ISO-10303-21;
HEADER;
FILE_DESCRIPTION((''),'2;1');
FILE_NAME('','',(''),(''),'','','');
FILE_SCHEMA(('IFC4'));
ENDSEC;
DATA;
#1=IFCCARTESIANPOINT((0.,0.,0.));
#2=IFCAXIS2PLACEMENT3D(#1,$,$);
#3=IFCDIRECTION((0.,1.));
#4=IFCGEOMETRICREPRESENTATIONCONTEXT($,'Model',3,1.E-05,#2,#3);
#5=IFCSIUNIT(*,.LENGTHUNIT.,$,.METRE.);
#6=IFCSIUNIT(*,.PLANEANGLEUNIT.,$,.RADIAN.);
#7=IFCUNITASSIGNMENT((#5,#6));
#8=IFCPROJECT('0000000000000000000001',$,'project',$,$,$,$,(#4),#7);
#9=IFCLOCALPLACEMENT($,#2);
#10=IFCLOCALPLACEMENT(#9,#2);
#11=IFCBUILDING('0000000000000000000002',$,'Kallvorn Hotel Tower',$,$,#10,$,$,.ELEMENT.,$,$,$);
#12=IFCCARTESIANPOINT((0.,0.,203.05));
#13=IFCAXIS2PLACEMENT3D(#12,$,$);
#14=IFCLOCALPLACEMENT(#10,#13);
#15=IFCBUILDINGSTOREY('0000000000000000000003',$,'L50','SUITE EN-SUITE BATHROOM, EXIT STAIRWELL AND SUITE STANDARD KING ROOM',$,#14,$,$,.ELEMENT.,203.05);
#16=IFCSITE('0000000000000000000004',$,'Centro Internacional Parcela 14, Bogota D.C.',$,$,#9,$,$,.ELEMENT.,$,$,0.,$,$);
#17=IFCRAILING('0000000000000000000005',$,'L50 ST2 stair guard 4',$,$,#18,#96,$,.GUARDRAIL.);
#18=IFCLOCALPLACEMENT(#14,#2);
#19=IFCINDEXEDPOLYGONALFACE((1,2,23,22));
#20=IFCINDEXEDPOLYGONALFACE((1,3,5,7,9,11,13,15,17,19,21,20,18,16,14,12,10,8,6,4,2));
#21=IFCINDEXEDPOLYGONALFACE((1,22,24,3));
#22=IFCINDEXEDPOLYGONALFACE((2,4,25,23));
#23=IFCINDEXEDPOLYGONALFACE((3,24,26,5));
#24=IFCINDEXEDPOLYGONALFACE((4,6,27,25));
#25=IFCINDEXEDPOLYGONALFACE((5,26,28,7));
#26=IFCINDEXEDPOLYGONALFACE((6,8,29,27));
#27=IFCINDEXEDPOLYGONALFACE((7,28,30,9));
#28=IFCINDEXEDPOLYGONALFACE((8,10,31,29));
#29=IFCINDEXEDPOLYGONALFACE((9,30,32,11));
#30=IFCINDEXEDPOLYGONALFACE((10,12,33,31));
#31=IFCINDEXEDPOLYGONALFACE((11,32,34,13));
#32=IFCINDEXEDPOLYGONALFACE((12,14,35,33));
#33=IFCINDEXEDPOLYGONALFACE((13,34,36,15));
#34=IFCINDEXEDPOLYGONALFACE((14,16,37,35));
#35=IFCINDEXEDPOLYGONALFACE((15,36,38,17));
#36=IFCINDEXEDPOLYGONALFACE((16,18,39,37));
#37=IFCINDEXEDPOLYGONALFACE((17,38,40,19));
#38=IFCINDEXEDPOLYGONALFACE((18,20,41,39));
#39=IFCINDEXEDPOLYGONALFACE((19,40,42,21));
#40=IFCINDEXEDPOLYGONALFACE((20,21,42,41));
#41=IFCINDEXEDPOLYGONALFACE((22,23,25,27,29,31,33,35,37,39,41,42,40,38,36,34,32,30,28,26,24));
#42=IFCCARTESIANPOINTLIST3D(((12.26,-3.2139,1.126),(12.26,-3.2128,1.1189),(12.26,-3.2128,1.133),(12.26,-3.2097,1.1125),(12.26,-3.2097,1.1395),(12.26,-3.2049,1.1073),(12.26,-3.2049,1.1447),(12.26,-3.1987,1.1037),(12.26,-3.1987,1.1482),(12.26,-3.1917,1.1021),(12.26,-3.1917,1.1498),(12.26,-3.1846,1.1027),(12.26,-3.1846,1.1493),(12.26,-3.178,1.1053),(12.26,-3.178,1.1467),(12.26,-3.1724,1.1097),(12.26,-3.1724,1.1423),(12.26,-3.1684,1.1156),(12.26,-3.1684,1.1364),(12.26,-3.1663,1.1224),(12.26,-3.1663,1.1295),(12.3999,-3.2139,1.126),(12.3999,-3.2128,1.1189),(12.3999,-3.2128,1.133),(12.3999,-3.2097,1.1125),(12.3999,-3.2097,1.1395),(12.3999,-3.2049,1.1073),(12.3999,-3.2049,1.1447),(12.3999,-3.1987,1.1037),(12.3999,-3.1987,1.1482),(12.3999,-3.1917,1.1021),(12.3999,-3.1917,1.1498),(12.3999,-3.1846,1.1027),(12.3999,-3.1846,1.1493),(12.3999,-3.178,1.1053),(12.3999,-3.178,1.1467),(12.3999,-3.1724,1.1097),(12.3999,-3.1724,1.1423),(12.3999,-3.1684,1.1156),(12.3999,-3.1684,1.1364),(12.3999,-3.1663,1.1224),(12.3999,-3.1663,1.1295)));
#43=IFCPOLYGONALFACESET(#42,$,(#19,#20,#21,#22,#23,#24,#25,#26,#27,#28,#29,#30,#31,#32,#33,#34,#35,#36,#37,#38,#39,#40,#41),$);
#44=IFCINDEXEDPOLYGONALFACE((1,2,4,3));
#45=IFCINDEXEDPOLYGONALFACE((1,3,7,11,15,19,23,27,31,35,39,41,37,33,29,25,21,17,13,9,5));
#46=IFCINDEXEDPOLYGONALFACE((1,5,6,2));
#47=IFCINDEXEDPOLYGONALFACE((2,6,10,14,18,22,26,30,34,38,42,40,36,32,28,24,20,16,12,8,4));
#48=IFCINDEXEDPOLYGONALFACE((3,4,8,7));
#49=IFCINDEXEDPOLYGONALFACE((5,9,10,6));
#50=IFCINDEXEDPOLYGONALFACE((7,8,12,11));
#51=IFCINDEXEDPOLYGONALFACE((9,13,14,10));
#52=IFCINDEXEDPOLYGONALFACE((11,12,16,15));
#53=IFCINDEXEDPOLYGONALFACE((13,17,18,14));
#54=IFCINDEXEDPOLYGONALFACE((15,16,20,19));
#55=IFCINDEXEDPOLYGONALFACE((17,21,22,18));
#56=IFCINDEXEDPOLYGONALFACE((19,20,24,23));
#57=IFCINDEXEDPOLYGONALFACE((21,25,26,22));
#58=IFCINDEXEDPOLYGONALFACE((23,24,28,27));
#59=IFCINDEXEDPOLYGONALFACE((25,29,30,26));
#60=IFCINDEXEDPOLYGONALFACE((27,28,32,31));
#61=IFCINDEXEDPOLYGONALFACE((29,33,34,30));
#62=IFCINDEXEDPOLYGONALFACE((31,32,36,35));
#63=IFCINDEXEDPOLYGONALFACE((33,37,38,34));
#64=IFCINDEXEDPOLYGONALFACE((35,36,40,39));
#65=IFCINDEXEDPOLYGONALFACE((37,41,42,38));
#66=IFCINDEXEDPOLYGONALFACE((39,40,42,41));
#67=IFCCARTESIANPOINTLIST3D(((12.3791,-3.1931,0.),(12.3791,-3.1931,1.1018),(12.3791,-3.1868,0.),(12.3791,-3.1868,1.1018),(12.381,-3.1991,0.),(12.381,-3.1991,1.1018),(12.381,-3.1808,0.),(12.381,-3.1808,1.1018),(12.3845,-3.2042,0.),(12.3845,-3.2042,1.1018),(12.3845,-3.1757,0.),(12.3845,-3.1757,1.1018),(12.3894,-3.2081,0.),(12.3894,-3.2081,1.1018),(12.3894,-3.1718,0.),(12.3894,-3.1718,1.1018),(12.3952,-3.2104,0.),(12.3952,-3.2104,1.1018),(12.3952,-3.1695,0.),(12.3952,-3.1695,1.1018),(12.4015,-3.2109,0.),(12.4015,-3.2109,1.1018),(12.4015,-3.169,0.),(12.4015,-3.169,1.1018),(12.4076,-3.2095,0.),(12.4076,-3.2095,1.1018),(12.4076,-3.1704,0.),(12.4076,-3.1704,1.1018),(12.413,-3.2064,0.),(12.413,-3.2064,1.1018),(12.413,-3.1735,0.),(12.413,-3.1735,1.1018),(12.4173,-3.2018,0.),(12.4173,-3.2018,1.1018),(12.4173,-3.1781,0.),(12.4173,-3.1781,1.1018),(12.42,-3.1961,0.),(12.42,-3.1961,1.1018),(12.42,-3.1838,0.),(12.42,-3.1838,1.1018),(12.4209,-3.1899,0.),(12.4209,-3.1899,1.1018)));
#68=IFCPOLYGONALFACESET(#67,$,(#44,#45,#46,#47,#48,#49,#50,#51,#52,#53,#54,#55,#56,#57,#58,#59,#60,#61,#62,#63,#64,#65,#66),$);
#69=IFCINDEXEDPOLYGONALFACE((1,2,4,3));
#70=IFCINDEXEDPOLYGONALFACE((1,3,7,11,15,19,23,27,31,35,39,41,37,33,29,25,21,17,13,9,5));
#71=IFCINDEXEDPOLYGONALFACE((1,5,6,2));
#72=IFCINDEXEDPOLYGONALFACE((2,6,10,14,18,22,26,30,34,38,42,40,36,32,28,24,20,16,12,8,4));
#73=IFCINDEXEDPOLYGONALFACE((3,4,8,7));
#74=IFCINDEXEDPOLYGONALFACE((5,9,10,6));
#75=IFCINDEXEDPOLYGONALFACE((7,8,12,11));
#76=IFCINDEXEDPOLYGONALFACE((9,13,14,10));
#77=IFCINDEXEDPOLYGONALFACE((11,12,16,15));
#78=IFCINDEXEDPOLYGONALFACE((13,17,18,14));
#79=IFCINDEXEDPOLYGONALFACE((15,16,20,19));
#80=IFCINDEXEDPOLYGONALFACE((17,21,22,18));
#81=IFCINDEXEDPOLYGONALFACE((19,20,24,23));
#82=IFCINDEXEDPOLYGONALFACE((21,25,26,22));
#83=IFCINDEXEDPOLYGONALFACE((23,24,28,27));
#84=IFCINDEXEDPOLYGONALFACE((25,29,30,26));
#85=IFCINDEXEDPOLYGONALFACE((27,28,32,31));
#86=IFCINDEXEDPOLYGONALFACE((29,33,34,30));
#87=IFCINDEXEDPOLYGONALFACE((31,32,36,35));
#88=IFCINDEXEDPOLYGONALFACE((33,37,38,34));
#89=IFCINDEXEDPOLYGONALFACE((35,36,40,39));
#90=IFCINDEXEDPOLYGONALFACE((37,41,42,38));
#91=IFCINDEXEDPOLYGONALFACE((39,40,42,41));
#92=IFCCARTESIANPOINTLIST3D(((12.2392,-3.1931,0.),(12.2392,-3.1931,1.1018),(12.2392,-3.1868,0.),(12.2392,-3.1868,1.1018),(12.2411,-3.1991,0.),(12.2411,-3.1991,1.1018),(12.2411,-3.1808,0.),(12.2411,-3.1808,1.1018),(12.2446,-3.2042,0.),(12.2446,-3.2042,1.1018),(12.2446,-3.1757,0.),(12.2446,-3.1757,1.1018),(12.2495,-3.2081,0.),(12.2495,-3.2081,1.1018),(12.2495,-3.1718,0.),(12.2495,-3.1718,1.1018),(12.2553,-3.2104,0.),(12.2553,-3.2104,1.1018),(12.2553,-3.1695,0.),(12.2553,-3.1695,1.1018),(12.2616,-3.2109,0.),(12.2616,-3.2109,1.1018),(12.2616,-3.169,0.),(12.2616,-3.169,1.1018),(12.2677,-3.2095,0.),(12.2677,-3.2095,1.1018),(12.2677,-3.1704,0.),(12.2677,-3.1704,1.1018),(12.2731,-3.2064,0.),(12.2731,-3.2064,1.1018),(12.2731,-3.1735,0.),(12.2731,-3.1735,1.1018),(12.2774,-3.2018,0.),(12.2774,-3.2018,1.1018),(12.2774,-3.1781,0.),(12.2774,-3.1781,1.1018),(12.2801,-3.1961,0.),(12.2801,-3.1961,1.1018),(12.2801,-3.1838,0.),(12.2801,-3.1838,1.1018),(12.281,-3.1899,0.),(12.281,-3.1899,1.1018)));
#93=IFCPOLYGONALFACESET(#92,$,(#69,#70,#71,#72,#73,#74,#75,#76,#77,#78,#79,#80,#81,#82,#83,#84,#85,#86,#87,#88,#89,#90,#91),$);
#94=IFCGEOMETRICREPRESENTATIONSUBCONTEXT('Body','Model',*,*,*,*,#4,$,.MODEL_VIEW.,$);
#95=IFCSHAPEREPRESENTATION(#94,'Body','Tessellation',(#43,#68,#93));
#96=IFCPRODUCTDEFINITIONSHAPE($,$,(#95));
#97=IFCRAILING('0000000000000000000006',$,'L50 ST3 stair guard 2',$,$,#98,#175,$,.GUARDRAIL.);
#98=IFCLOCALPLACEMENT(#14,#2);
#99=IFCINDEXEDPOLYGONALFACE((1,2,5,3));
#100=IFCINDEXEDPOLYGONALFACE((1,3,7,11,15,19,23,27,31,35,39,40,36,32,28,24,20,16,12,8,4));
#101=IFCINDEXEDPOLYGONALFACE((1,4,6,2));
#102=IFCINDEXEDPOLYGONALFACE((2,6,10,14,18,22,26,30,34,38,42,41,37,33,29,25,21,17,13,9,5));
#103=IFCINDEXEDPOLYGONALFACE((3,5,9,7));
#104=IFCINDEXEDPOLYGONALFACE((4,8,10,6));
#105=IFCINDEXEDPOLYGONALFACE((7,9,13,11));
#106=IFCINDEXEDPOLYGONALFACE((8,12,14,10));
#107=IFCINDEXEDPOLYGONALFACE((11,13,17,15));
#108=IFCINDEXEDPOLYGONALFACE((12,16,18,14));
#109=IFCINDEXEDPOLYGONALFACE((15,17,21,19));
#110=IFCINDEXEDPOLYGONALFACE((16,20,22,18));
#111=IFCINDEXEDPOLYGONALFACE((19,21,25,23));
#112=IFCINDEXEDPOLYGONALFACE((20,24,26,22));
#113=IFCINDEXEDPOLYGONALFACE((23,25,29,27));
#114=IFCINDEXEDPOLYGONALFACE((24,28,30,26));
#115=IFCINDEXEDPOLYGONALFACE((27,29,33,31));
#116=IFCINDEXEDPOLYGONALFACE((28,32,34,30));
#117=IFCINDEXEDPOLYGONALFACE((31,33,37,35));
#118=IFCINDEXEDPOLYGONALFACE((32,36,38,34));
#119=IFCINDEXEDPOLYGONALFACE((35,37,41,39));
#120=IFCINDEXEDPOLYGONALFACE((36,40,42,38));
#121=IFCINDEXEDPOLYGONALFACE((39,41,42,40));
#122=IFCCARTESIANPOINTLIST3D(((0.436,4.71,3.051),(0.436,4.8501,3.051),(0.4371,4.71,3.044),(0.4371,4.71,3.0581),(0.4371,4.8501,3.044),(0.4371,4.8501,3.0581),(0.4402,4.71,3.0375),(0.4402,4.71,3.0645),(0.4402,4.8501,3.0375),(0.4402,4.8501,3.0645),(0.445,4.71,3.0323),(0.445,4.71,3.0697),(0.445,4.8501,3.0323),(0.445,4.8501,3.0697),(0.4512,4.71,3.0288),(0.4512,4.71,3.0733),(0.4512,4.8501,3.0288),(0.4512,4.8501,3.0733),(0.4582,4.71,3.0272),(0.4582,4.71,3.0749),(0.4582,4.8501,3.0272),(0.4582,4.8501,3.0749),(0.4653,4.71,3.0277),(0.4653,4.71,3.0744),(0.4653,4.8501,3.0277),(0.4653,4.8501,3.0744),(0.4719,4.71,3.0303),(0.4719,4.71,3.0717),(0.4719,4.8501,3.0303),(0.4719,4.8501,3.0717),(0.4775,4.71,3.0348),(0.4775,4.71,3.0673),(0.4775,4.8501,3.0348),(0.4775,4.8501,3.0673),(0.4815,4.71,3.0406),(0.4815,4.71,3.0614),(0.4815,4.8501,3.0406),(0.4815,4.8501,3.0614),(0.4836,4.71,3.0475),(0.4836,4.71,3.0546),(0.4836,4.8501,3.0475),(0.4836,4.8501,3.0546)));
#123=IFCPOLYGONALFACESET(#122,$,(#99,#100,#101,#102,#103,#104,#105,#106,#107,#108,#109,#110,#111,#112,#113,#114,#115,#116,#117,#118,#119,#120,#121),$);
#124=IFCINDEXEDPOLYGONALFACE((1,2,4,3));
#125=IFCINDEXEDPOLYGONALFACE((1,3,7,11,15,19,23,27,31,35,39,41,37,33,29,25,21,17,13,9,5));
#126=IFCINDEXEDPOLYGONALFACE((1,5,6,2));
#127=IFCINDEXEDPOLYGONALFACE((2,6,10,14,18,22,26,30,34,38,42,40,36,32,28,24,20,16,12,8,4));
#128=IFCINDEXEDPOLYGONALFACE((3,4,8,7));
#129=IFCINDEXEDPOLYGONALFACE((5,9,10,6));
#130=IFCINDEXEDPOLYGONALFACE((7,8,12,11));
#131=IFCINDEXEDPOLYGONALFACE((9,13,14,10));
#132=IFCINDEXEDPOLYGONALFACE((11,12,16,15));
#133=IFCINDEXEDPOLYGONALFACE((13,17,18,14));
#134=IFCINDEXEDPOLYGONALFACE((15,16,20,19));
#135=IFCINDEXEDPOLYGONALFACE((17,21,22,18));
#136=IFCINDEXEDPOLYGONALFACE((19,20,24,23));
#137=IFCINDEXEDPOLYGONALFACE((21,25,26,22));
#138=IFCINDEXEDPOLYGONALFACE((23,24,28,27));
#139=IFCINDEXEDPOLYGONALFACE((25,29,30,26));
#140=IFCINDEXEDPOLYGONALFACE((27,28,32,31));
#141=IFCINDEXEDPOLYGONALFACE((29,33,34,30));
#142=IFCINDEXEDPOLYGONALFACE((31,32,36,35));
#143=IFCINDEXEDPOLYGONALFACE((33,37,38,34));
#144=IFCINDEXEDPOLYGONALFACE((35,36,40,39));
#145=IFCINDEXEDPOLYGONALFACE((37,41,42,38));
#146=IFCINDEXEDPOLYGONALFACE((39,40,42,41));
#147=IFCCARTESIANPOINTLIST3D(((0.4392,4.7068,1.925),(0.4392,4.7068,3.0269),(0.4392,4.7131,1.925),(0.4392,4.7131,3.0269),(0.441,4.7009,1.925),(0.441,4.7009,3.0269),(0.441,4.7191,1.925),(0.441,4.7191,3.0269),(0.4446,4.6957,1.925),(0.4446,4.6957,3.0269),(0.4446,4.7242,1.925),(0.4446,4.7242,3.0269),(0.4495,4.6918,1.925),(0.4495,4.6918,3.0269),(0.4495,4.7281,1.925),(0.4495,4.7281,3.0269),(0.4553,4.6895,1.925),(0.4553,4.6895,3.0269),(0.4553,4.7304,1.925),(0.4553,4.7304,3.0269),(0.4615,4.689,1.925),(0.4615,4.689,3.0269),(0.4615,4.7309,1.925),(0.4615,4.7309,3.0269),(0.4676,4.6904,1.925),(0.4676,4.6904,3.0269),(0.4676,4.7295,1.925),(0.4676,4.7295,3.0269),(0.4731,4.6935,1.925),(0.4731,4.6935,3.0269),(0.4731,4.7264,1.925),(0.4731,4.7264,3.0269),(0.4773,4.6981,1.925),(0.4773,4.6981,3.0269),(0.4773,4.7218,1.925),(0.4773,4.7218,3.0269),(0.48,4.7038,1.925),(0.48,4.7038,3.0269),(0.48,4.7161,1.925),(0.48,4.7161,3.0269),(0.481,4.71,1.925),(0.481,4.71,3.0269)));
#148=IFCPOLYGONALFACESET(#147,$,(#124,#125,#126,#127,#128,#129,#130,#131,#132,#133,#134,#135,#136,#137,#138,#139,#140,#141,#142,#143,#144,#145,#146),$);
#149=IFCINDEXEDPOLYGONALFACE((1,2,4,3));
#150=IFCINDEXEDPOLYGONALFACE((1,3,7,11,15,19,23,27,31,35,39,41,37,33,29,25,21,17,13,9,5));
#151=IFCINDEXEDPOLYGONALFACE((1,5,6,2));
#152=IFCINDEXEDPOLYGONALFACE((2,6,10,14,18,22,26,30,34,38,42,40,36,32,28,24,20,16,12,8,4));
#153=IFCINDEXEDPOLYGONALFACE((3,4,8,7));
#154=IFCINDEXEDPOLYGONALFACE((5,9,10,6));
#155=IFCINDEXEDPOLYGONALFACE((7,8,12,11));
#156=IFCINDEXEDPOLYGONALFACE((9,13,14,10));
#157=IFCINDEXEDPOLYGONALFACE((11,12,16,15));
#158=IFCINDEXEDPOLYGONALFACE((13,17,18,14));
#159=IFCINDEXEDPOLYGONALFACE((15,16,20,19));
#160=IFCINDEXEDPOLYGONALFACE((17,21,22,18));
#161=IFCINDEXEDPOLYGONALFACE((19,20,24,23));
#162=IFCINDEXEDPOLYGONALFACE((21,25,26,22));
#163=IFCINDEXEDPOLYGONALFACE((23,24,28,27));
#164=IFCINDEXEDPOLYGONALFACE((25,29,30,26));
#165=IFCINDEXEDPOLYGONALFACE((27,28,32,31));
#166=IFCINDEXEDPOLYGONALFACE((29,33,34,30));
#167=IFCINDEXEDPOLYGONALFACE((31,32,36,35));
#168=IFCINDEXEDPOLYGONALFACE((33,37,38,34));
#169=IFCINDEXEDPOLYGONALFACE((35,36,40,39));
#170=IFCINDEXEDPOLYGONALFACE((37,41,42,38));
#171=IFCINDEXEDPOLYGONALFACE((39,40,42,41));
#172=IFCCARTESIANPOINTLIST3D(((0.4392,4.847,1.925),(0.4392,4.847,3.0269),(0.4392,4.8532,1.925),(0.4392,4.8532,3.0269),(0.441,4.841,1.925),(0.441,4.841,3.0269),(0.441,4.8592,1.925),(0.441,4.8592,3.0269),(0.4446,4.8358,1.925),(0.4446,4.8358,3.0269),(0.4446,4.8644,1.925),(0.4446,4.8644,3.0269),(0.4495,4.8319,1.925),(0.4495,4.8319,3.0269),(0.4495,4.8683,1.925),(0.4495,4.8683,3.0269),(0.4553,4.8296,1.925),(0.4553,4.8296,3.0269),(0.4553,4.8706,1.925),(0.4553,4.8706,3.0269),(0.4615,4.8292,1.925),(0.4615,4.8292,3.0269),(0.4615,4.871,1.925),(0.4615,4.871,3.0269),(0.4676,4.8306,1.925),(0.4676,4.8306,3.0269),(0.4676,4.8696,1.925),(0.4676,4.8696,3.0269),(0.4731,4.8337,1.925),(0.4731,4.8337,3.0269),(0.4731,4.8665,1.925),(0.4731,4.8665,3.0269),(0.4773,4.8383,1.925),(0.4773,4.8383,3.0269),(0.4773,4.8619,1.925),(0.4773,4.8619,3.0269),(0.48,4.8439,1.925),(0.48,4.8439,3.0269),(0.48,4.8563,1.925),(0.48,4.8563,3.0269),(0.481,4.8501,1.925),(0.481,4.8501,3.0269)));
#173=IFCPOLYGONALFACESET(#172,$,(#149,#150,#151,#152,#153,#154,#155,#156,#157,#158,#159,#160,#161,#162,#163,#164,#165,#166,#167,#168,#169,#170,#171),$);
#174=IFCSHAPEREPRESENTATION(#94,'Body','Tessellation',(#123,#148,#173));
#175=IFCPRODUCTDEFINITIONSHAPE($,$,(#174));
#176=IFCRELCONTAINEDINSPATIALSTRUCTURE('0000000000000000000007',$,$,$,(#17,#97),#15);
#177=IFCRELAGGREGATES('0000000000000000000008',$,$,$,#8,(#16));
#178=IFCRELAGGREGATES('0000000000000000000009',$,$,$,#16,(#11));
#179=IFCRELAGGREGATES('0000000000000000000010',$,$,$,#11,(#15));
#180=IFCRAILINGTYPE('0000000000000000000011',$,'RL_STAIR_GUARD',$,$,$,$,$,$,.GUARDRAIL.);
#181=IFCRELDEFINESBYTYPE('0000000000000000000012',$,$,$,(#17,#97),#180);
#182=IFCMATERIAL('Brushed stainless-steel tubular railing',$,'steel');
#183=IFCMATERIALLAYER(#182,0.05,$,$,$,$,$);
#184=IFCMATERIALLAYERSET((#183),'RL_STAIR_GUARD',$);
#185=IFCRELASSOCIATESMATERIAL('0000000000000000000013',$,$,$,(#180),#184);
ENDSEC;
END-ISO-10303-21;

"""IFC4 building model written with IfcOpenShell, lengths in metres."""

from ifc_helpers import new_model, si_unit, direction, frame, origin, origin_2d, place, context, subcontext, project, spatial, circle, extrude, material, layer, layer_set, type_object, element, save


model = new_model("IFC4")

# Units and contexts
model_context = context("Model", 3, precision=1e-05, world=origin(), true_north=direction((0.0, 1.0)))
body_context = subcontext(model_context, "Body", "Model", "MODEL_VIEW")
ifc_project = project(units=[si_unit("LENGTHUNIT", "METRE"), si_unit("PLANEANGLEUNIT", "RADIAN")], contexts=[model_context])

# Site, building, storey
site_placement = place(None, origin())
site = spatial("IfcSite", under=ifc_project, at=site_placement, Name="Centro Internacional Parcela 14, Bogota D.C.", CompositionType="ELEMENT", RefElevation=0.0)
building_placement = place(site_placement, origin())
building = spatial("IfcBuilding", under=site, at=building_placement, Name="Kallvorn Hotel Tower", CompositionType="ELEMENT")
storey_placement = place(building_placement, frame((0.0, 0.0, 203.05)))
storey = spatial("IfcBuildingStorey", under=building, at=storey_placement, Name="L50", Description="SUITE EN-SUITE BATHROOM, EXIT STAIRWELL AND SUITE STANDARD KING ROOM", CompositionType="ELEMENT", Elevation=203.05)

# Railings
ifc_material_1 = material(Name="Brushed stainless-steel tubular railing", Category="steel")
ifc_layer_1 = layer(ifc_material_1, 0.05)
ifc_layer_set_1 = layer_set([ifc_layer_1], Name="RL_STAIR_GUARD")
railing_type_1 = type_object("IfcRailingType", Name="RL_STAIR_GUARD", PredefinedType="GUARDRAIL", material=ifc_layer_set_1)
railing_1_placement = place(storey_placement, frame((12.3999, -3.1899, 0.0)))
element("IfcRailing", 1, at=railing_1_placement, inside=storey, type_object=railing_type_1, Name="L50 ST2 stair guard 4", PredefinedType="GUARDRAIL", context=body_context, shape_type="SweptSolid", body=[
    extrude(circle(Radius=0.0239, at=origin_2d()), frame((0.0, 0.0, 1.126), z_axis=(-1.0, 0.0, 0.0), x_axis=(0.0, -1.0, 0.0)), (0.0, 0.0, 1.0), 0.1399),
    extrude(circle(Radius=0.021, at=origin_2d()), origin(), (0.0, 0.0, 1.0), 1.1018),
    extrude(circle(Radius=0.021, at=origin_2d()), frame((-0.1399, 0.0, 0.0)), (0.0, 0.0, 1.0), 1.1018),
])
railing_2_placement = place(storey_placement, frame((0.46, 4.71, 1.925)))
element("IfcRailing", 2, at=railing_2_placement, inside=storey, type_object=railing_type_1, Name="L50 ST3 stair guard 2", PredefinedType="GUARDRAIL", context=body_context, shape_type="SweptSolid", body=[
    extrude(circle(Radius=0.0239, at=origin_2d()), frame((0.0, 0.0, 1.126), z_axis=(0.0, 1.0, 0.0), x_axis=(-1.0, 0.0, 0.0)), (0.0, 0.0, 1.0), 0.1401),
    extrude(circle(Radius=0.021, at=origin_2d()), origin(), (0.0, 0.0, 1.0), 1.1018),
    extrude(circle(Radius=0.021, at=origin_2d()), frame((0.0, 0.1401, 0.0)), (0.0, 0.0, 1.0), 1.1018),
])

save(model, "model.ifc")
